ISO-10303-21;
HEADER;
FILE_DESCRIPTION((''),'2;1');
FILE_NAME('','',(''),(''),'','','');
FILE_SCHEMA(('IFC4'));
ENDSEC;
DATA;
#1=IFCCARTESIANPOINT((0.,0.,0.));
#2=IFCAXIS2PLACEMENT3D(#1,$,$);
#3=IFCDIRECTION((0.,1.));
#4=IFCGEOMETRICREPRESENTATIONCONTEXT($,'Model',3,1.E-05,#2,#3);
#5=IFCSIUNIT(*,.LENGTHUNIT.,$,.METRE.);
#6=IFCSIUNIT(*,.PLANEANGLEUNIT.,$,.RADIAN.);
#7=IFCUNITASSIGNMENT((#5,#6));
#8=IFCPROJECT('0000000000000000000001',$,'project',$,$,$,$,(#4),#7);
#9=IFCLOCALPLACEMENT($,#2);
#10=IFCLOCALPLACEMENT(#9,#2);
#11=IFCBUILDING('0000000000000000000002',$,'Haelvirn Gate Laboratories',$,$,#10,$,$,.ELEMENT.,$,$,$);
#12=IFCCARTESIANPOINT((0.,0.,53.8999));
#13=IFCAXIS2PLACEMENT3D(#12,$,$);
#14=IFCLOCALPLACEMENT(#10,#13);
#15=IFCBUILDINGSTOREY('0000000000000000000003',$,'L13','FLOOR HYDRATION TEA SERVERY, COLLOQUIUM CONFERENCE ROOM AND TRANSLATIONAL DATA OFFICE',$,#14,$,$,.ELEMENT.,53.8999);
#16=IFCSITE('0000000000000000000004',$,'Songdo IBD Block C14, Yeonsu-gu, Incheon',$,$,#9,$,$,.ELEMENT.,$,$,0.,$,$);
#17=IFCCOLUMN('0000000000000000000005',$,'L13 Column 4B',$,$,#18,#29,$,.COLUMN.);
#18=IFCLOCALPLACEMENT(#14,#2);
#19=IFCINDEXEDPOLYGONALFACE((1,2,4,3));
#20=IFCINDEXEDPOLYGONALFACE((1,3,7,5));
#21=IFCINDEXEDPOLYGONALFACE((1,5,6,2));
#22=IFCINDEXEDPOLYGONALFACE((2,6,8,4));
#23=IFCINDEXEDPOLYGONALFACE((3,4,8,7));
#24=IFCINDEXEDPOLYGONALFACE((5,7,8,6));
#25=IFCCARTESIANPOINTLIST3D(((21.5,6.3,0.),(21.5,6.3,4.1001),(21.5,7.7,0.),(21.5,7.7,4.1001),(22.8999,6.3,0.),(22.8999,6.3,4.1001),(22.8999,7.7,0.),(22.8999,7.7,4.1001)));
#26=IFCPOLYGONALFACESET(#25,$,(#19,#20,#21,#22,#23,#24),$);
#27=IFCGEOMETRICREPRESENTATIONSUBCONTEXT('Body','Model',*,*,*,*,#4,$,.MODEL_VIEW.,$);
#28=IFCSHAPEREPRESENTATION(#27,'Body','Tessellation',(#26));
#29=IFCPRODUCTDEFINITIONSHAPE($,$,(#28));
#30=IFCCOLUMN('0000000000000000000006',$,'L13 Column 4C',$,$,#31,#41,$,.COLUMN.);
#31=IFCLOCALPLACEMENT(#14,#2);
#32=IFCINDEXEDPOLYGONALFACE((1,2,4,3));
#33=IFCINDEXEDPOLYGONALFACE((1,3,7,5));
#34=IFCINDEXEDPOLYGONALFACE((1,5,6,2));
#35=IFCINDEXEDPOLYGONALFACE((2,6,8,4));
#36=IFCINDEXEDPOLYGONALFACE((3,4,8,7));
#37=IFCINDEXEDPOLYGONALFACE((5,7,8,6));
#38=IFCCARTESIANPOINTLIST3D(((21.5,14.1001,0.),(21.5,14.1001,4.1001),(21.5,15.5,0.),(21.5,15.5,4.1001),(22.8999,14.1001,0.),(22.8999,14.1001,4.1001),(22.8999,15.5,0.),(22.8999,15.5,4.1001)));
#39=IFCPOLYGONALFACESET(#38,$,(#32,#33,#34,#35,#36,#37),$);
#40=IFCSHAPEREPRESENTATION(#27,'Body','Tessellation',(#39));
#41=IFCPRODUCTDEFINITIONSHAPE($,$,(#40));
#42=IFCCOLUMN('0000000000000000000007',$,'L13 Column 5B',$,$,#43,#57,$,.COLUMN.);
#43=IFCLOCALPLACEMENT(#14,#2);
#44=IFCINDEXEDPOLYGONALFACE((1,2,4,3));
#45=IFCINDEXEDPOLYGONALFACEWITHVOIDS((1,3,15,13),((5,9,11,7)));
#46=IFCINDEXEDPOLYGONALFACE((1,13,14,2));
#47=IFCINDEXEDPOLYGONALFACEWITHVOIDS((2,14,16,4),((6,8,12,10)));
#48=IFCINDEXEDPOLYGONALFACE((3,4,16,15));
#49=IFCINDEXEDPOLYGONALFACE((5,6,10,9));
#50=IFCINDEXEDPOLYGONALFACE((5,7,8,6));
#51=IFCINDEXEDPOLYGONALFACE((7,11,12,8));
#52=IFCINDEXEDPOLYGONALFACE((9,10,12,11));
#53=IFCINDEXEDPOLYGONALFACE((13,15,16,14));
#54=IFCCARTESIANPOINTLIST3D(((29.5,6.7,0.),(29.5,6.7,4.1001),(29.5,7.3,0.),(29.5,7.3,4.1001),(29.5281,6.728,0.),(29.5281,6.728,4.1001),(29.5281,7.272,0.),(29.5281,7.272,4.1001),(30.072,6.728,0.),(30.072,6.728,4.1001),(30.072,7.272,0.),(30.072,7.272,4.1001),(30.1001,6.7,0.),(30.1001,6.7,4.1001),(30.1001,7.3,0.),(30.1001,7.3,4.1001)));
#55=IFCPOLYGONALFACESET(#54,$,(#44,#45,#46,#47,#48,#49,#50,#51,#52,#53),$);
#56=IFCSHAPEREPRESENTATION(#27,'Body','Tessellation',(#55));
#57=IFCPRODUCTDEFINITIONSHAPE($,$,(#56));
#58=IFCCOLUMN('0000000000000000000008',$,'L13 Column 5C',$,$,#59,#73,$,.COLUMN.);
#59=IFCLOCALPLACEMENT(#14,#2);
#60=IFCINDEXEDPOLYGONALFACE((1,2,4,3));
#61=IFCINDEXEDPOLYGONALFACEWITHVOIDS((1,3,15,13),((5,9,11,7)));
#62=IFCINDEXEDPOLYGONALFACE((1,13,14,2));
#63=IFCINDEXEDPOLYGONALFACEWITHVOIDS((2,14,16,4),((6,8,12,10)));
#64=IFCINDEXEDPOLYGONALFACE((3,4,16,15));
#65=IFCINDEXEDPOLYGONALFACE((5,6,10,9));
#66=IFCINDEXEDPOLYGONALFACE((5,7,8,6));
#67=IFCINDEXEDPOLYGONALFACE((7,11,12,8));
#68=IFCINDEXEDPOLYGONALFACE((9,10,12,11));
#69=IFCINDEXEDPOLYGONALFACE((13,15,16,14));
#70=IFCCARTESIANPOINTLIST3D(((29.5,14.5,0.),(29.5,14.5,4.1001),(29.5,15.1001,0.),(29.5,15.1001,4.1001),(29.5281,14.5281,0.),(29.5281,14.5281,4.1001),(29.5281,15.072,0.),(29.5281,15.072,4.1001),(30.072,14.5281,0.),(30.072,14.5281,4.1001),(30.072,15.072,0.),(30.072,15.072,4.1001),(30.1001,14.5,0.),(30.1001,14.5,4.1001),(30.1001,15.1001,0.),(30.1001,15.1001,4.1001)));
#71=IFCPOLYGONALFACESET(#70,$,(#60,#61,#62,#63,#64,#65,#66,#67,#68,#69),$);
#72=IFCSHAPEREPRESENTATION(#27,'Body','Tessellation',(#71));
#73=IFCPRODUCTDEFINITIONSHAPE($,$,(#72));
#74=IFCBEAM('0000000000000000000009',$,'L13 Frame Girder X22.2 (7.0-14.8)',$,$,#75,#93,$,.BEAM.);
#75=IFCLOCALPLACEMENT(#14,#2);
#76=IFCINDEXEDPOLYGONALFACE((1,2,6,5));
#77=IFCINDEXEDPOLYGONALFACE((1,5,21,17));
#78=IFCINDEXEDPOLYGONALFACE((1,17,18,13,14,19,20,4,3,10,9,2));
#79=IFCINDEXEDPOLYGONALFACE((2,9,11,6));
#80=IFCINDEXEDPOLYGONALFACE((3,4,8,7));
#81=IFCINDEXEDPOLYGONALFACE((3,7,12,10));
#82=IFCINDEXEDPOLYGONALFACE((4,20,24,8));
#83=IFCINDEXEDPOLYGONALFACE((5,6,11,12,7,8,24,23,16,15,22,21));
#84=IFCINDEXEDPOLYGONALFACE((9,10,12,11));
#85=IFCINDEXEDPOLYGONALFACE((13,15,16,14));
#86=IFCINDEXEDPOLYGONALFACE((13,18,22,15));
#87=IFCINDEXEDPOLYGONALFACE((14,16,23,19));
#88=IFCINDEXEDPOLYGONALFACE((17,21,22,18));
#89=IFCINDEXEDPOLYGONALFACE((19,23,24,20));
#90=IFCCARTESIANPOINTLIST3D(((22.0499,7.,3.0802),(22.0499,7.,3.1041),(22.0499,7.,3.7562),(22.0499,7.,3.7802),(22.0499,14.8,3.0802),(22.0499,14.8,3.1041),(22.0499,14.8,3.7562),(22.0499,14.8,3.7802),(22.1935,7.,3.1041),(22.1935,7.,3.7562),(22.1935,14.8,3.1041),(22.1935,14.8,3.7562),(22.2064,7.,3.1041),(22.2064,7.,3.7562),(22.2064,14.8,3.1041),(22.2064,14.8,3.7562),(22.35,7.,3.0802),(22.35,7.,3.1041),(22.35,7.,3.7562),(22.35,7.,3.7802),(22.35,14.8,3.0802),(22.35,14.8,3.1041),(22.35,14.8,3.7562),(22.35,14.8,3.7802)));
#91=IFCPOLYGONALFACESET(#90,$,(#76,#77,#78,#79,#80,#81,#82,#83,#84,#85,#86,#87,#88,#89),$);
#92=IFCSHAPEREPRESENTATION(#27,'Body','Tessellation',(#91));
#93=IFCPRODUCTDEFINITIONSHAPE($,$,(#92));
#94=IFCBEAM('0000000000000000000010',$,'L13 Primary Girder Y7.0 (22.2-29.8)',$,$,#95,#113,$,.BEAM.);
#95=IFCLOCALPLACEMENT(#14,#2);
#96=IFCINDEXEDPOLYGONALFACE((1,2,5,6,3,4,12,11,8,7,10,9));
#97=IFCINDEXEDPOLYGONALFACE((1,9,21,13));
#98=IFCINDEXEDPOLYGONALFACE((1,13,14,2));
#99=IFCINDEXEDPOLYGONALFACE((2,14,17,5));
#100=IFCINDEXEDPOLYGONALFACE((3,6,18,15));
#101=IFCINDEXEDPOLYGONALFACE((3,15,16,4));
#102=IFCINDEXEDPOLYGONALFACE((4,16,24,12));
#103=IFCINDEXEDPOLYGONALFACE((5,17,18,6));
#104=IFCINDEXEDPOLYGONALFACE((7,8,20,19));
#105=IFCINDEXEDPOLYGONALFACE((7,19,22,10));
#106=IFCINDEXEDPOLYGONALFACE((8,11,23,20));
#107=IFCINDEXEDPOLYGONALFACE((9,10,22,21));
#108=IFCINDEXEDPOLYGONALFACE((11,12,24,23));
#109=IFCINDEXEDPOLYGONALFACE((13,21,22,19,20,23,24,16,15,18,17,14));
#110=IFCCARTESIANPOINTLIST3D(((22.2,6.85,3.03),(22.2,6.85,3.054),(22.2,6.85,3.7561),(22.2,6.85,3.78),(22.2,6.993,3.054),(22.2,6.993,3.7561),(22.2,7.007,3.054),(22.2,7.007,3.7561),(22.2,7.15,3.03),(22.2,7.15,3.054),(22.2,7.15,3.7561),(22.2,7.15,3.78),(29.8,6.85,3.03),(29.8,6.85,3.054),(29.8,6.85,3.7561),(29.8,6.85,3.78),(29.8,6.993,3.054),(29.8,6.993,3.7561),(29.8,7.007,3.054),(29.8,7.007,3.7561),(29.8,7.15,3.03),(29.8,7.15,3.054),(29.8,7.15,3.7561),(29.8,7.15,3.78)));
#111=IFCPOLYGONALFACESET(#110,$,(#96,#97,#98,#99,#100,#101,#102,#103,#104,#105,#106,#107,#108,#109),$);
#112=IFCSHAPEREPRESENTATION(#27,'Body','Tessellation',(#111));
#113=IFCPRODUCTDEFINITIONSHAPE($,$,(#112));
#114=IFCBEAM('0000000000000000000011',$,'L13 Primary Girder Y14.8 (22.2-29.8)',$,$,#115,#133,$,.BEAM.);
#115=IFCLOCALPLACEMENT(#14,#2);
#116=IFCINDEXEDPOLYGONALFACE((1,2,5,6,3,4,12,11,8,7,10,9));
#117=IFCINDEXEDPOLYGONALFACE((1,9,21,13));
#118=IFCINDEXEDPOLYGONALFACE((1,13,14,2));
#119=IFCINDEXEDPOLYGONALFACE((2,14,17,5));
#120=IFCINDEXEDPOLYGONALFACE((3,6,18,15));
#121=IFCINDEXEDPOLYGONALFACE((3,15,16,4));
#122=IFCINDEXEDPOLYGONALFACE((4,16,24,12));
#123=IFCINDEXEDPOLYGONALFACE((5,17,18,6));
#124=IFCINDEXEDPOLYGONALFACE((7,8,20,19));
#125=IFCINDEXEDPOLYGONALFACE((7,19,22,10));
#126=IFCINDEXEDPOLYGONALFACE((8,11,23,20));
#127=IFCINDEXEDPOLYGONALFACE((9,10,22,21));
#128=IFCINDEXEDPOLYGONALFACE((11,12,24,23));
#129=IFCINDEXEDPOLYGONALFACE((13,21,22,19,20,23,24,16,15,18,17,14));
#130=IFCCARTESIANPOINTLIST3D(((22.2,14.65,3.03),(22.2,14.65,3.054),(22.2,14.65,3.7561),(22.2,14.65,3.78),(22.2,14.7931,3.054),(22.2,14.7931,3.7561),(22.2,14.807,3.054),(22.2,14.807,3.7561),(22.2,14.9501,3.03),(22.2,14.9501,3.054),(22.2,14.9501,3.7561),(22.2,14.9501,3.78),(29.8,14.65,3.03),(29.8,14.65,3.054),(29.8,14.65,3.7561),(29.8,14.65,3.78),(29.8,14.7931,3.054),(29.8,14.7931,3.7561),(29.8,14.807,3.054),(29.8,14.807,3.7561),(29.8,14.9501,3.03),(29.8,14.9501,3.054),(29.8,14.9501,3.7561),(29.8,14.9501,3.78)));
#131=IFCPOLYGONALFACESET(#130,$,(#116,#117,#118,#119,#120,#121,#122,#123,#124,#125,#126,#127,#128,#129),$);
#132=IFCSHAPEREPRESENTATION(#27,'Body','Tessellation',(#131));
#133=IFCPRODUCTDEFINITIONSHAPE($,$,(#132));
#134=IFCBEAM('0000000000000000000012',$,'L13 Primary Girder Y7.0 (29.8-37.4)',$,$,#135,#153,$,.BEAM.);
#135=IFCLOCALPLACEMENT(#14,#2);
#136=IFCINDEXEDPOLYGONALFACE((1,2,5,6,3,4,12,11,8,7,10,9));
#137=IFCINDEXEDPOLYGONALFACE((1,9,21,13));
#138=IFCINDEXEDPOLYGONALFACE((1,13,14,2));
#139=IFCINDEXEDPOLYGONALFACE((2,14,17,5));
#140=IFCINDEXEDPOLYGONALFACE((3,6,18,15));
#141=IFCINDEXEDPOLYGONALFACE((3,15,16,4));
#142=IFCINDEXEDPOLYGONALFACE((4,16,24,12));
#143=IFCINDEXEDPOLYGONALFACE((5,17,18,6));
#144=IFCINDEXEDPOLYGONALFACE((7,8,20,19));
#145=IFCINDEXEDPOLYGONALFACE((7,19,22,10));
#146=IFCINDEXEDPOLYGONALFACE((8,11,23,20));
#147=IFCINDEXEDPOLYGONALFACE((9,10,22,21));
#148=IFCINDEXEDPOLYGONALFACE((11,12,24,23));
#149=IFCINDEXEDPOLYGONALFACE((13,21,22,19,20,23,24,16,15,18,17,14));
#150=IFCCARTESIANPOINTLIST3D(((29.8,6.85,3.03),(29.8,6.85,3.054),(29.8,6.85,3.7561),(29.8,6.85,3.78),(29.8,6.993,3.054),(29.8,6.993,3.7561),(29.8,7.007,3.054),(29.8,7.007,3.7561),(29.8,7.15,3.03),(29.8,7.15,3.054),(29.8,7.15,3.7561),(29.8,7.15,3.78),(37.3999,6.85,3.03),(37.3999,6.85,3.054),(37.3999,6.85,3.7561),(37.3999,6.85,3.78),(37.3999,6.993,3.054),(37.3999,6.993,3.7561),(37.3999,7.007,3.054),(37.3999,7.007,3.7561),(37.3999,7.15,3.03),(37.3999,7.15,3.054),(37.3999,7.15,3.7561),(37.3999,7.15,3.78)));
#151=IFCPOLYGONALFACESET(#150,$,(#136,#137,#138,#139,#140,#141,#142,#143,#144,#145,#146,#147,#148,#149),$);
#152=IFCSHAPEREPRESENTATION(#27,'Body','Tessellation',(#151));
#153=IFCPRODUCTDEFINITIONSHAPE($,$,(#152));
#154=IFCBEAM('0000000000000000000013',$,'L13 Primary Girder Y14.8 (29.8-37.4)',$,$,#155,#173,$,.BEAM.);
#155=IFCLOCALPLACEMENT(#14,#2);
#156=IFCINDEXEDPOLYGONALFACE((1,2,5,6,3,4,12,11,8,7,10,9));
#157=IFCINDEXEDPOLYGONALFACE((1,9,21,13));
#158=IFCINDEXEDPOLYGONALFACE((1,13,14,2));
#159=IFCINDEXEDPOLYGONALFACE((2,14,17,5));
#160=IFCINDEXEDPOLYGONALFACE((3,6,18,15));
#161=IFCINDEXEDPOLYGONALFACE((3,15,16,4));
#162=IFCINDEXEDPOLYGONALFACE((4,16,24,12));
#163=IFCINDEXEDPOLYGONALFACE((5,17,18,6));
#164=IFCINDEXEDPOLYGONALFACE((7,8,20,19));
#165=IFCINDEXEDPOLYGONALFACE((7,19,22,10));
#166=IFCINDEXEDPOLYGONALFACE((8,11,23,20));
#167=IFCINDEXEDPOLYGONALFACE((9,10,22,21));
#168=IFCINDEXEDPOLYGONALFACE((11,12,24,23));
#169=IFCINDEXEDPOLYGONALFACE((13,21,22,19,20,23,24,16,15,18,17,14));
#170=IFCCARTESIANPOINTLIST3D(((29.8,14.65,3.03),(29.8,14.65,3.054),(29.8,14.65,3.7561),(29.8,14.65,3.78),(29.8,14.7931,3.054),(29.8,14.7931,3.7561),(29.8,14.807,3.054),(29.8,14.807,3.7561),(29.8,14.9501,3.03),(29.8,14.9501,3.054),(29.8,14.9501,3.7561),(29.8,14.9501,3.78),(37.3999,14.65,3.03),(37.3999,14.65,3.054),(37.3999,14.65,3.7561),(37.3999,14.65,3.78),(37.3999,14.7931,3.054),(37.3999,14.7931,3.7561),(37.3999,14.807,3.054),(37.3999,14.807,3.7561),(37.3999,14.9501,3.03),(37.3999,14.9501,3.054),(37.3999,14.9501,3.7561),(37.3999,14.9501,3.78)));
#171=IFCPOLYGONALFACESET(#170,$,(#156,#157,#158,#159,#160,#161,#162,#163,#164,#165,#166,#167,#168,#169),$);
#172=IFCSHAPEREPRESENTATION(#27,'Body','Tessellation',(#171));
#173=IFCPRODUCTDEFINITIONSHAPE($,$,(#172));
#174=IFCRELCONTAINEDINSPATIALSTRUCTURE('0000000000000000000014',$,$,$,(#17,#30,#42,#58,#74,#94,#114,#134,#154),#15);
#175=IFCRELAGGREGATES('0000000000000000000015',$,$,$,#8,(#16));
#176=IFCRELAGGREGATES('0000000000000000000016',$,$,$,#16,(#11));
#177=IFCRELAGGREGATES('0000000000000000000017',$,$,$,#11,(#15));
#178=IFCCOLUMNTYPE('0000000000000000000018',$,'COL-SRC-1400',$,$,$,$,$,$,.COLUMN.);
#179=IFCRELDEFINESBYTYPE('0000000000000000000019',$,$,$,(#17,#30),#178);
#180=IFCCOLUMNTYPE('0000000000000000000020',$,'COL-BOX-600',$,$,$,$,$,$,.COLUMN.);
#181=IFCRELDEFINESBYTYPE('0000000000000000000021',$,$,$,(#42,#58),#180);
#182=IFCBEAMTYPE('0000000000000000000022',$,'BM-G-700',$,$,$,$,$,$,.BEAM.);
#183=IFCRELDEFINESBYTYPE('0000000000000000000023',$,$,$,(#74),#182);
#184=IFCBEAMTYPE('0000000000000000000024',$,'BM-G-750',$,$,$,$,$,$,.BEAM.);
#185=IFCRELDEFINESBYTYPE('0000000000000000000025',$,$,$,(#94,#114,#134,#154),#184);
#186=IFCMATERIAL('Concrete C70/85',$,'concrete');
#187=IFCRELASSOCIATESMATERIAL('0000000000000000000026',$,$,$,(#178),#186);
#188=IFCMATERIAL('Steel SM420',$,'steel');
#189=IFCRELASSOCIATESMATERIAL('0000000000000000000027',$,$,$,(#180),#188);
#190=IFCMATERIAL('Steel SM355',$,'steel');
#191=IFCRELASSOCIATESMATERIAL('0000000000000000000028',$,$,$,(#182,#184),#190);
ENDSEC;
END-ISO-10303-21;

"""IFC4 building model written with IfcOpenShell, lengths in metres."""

from ifc_helpers import new_model, si_unit, direction, frame, origin, origin_2d, place, context, subcontext, project, spatial, rectangle, hollow_rectangle, i_section, extrude, source, transform, mapped, material, material_profile, profile_set, type_object, type_shapes, element, save


model = new_model("IFC4")

# Units and contexts
model_context = context("Model", 3, precision=1e-05, world=origin(), true_north=direction((0.0, 1.0)))
body_context = subcontext(model_context, "Body", "Model", "MODEL_VIEW")
ifc_project = project(units=[si_unit("LENGTHUNIT", "METRE"), si_unit("PLANEANGLEUNIT", "RADIAN")], contexts=[model_context])

# Site, building, storey
site_placement = place(None, origin())
site = spatial("IfcSite", under=ifc_project, at=site_placement, Name="Songdo IBD Block C14, Yeonsu-gu, Incheon", CompositionType="ELEMENT", RefElevation=0.0)
building_placement = place(site_placement, origin())
building = spatial("IfcBuilding", under=site, at=building_placement, Name="Haelvirn Gate Laboratories", CompositionType="ELEMENT")
storey_placement = place(building_placement, frame((0.0, 0.0, 53.8999)))
storey = spatial("IfcBuildingStorey", under=building, at=storey_placement, Name="L13", Description="FLOOR HYDRATION TEA SERVERY, COLLOQUIUM CONFERENCE ROOM AND TRANSLATIONAL DATA OFFICE", CompositionType="ELEMENT", Elevation=53.8999)

# Columns
ifc_material_1 = material(Name="Concrete C70/85", Category="concrete")
ifc_material_profile_1 = material_profile(ifc_material_1, rectangle(XDim=1.3999, YDim=1.3999, at=origin_2d()), Name="SRC-1400x1400")
ifc_profile_set_1 = profile_set([ifc_material_profile_1], Name="Concrete C70/85")
column_type_1 = type_object("IfcColumnType", Name="COL-SRC-1400", PredefinedType="COLUMN", material=ifc_profile_set_1)
shared_shape_1 = source(origin(), body_context, "Body", "SweptSolid", [
    extrude(rectangle(XDim=1.3999, YDim=1.3999, at=origin_2d()), origin(), (0.0, 0.0, 1.0), 4.1001),
])
type_shapes(column_type_1, [shared_shape_1])
for number, where, z_axis, x_axis, name in (
    (1, (22.2, 7.0, 0.0), (0.0, 0.0, 1.0), (1.0, 0.0, 0.0), "L13 Column 4B"),
    (2, (22.2, 14.8, 0.0), (0.0, 0.0, 1.0), (1.0, 0.0, 0.0), "L13 Column 4C"),
):
    element("IfcColumn", number, at=place(storey_placement, frame(where, z_axis=z_axis, x_axis=x_axis)), inside=storey, type_object=column_type_1, Name=name, PredefinedType="COLUMN", context=body_context, shape_type="MappedRepresentation", body=[
        mapped(shared_shape_1, transform((0.0, 0.0, 0.0), scale=1.0)),
    ])
ifc_material_2 = material(Name="Steel SM420", Category="steel")
ifc_material_profile_2 = material_profile(ifc_material_2, hollow_rectangle(XDim=0.6001, YDim=0.6001, WallThickness=0.0281, at=origin_2d()), Name="BOX-600x600x28")
ifc_profile_set_2 = profile_set([ifc_material_profile_2], Name="Steel SM420")
column_type_2 = type_object("IfcColumnType", Name="COL-BOX-600", PredefinedType="COLUMN", material=ifc_profile_set_2)
shared_shape_2 = source(origin(), body_context, "Body", "SweptSolid", [
    extrude(hollow_rectangle(XDim=0.6001, YDim=0.6001, WallThickness=0.0281, at=origin_2d()), origin(), (0.0, 0.0, 1.0), 4.1001),
])
type_shapes(column_type_2, [shared_shape_2])
for number, where, z_axis, x_axis, name in (
    (3, (29.8, 7.0, 0.0), (0.0, 0.0, 1.0), (1.0, 0.0, 0.0), "L13 Column 5B"),
    (4, (29.8, 14.8, 0.0), (0.0, 0.0, 1.0), (1.0, 0.0, 0.0), "L13 Column 5C"),
):
    element("IfcColumn", number, at=place(storey_placement, frame(where, z_axis=z_axis, x_axis=x_axis)), inside=storey, type_object=column_type_2, Name=name, PredefinedType="COLUMN", context=body_context, shape_type="MappedRepresentation", body=[
        mapped(shared_shape_2, transform((0.0, 0.0, 0.0), scale=1.0)),
    ])

# Beams
ifc_material_3 = material(Name="Steel SM355", Category="steel")
ifc_material_profile_3 = material_profile(ifc_material_3, i_section(OverallWidth=0.3, OverallDepth=0.7, WebThickness=0.0129, FlangeThickness=0.0239, at=origin_2d()), Name="H-700x300x13x24")
ifc_profile_set_3 = profile_set([ifc_material_profile_3], Name="Steel SM355")
beam_type_1 = type_object("IfcBeamType", Name="BM-G-700", PredefinedType="BEAM", material=ifc_profile_set_3)
shared_shape_3 = source(origin(), body_context, "Body", "SweptSolid", [
    extrude(i_section(OverallWidth=0.3, OverallDepth=0.7, WebThickness=0.0129, FlangeThickness=0.0239, at=origin_2d()), origin(), (0.0, 0.0, 1.0), 7.8),
])
type_shapes(beam_type_1, [shared_shape_3])
beam_placement = place(storey_placement, frame((22.2, 7.0, 3.4302), z_axis=(0.0, 1.0, 0.0), x_axis=(-1.0, 0.0, 0.0)))
element("IfcBeam", 5, at=beam_placement, inside=storey, type_object=beam_type_1, Name="L13 Frame Girder X22.2 (7.0-14.8)", PredefinedType="BEAM", context=body_context, shape_type="MappedRepresentation", body=[
    mapped(shared_shape_3, transform((0.0, 0.0, 0.0), scale=1.0)),
])
ifc_material_profile_4 = material_profile(ifc_material_3, i_section(OverallWidth=0.3, OverallDepth=0.75, WebThickness=0.0139, FlangeThickness=0.0239, at=origin_2d()), Name="H-750x300x14x24")
ifc_profile_set_4 = profile_set([ifc_material_profile_4], Name="Steel SM355")
beam_type_2 = type_object("IfcBeamType", Name="BM-G-750", PredefinedType="BEAM", material=ifc_profile_set_4)
shared_shape_4 = source(origin(), body_context, "Body", "SweptSolid", [
    extrude(i_section(OverallWidth=0.3, OverallDepth=0.75, WebThickness=0.0139, FlangeThickness=0.0239, at=origin_2d()), origin(), (0.0, 0.0, 1.0), 7.6001),
])
for number, where, z_axis, x_axis, name in (
    (6, (22.2, 7.0, 3.405), (1.0, 0.0, 0.0), (0.0, 1.0, 0.0), "L13 Primary Girder Y7.0 (22.2-29.8)"),
    (7, (22.2, 14.8, 3.405), (1.0, 0.0, 0.0), (0.0, 1.0, 0.0), "L13 Primary Girder Y14.8 (22.2-29.8)"),
):
    element("IfcBeam", number, at=place(storey_placement, frame(where, z_axis=z_axis, x_axis=x_axis)), inside=storey, type_object=beam_type_2, Name=name, PredefinedType="BEAM", context=body_context, shape_type="MappedRepresentation", body=[
        mapped(shared_shape_4, transform((0.0, 0.0, 0.0), scale=1.0)),
    ])
shared_shape_5 = source(origin(), body_context, "Body", "SweptSolid", [
    extrude(i_section(OverallWidth=0.3, OverallDepth=0.75, WebThickness=0.0139, FlangeThickness=0.0239, at=origin_2d()), origin(), (0.0, 0.0, 1.0), 7.5999),
])
type_shapes(beam_type_2, [shared_shape_4, shared_shape_5])
for number, where, z_axis, x_axis, name in (
    (8, (29.8, 7.0, 3.405), (1.0, 0.0, 0.0), (0.0, 1.0, 0.0), "L13 Primary Girder Y7.0 (29.8-37.4)"),
    (9, (29.8, 14.8, 3.405), (1.0, 0.0, 0.0), (0.0, 1.0, 0.0), "L13 Primary Girder Y14.8 (29.8-37.4)"),
):
    element("IfcBeam", number, at=place(storey_placement, frame(where, z_axis=z_axis, x_axis=x_axis)), inside=storey, type_object=beam_type_2, Name=name, PredefinedType="BEAM", context=body_context, shape_type="MappedRepresentation", body=[
        mapped(shared_shape_5, transform((0.0, 0.0, 0.0), scale=1.0)),
    ])

save(model, "model.ifc")
